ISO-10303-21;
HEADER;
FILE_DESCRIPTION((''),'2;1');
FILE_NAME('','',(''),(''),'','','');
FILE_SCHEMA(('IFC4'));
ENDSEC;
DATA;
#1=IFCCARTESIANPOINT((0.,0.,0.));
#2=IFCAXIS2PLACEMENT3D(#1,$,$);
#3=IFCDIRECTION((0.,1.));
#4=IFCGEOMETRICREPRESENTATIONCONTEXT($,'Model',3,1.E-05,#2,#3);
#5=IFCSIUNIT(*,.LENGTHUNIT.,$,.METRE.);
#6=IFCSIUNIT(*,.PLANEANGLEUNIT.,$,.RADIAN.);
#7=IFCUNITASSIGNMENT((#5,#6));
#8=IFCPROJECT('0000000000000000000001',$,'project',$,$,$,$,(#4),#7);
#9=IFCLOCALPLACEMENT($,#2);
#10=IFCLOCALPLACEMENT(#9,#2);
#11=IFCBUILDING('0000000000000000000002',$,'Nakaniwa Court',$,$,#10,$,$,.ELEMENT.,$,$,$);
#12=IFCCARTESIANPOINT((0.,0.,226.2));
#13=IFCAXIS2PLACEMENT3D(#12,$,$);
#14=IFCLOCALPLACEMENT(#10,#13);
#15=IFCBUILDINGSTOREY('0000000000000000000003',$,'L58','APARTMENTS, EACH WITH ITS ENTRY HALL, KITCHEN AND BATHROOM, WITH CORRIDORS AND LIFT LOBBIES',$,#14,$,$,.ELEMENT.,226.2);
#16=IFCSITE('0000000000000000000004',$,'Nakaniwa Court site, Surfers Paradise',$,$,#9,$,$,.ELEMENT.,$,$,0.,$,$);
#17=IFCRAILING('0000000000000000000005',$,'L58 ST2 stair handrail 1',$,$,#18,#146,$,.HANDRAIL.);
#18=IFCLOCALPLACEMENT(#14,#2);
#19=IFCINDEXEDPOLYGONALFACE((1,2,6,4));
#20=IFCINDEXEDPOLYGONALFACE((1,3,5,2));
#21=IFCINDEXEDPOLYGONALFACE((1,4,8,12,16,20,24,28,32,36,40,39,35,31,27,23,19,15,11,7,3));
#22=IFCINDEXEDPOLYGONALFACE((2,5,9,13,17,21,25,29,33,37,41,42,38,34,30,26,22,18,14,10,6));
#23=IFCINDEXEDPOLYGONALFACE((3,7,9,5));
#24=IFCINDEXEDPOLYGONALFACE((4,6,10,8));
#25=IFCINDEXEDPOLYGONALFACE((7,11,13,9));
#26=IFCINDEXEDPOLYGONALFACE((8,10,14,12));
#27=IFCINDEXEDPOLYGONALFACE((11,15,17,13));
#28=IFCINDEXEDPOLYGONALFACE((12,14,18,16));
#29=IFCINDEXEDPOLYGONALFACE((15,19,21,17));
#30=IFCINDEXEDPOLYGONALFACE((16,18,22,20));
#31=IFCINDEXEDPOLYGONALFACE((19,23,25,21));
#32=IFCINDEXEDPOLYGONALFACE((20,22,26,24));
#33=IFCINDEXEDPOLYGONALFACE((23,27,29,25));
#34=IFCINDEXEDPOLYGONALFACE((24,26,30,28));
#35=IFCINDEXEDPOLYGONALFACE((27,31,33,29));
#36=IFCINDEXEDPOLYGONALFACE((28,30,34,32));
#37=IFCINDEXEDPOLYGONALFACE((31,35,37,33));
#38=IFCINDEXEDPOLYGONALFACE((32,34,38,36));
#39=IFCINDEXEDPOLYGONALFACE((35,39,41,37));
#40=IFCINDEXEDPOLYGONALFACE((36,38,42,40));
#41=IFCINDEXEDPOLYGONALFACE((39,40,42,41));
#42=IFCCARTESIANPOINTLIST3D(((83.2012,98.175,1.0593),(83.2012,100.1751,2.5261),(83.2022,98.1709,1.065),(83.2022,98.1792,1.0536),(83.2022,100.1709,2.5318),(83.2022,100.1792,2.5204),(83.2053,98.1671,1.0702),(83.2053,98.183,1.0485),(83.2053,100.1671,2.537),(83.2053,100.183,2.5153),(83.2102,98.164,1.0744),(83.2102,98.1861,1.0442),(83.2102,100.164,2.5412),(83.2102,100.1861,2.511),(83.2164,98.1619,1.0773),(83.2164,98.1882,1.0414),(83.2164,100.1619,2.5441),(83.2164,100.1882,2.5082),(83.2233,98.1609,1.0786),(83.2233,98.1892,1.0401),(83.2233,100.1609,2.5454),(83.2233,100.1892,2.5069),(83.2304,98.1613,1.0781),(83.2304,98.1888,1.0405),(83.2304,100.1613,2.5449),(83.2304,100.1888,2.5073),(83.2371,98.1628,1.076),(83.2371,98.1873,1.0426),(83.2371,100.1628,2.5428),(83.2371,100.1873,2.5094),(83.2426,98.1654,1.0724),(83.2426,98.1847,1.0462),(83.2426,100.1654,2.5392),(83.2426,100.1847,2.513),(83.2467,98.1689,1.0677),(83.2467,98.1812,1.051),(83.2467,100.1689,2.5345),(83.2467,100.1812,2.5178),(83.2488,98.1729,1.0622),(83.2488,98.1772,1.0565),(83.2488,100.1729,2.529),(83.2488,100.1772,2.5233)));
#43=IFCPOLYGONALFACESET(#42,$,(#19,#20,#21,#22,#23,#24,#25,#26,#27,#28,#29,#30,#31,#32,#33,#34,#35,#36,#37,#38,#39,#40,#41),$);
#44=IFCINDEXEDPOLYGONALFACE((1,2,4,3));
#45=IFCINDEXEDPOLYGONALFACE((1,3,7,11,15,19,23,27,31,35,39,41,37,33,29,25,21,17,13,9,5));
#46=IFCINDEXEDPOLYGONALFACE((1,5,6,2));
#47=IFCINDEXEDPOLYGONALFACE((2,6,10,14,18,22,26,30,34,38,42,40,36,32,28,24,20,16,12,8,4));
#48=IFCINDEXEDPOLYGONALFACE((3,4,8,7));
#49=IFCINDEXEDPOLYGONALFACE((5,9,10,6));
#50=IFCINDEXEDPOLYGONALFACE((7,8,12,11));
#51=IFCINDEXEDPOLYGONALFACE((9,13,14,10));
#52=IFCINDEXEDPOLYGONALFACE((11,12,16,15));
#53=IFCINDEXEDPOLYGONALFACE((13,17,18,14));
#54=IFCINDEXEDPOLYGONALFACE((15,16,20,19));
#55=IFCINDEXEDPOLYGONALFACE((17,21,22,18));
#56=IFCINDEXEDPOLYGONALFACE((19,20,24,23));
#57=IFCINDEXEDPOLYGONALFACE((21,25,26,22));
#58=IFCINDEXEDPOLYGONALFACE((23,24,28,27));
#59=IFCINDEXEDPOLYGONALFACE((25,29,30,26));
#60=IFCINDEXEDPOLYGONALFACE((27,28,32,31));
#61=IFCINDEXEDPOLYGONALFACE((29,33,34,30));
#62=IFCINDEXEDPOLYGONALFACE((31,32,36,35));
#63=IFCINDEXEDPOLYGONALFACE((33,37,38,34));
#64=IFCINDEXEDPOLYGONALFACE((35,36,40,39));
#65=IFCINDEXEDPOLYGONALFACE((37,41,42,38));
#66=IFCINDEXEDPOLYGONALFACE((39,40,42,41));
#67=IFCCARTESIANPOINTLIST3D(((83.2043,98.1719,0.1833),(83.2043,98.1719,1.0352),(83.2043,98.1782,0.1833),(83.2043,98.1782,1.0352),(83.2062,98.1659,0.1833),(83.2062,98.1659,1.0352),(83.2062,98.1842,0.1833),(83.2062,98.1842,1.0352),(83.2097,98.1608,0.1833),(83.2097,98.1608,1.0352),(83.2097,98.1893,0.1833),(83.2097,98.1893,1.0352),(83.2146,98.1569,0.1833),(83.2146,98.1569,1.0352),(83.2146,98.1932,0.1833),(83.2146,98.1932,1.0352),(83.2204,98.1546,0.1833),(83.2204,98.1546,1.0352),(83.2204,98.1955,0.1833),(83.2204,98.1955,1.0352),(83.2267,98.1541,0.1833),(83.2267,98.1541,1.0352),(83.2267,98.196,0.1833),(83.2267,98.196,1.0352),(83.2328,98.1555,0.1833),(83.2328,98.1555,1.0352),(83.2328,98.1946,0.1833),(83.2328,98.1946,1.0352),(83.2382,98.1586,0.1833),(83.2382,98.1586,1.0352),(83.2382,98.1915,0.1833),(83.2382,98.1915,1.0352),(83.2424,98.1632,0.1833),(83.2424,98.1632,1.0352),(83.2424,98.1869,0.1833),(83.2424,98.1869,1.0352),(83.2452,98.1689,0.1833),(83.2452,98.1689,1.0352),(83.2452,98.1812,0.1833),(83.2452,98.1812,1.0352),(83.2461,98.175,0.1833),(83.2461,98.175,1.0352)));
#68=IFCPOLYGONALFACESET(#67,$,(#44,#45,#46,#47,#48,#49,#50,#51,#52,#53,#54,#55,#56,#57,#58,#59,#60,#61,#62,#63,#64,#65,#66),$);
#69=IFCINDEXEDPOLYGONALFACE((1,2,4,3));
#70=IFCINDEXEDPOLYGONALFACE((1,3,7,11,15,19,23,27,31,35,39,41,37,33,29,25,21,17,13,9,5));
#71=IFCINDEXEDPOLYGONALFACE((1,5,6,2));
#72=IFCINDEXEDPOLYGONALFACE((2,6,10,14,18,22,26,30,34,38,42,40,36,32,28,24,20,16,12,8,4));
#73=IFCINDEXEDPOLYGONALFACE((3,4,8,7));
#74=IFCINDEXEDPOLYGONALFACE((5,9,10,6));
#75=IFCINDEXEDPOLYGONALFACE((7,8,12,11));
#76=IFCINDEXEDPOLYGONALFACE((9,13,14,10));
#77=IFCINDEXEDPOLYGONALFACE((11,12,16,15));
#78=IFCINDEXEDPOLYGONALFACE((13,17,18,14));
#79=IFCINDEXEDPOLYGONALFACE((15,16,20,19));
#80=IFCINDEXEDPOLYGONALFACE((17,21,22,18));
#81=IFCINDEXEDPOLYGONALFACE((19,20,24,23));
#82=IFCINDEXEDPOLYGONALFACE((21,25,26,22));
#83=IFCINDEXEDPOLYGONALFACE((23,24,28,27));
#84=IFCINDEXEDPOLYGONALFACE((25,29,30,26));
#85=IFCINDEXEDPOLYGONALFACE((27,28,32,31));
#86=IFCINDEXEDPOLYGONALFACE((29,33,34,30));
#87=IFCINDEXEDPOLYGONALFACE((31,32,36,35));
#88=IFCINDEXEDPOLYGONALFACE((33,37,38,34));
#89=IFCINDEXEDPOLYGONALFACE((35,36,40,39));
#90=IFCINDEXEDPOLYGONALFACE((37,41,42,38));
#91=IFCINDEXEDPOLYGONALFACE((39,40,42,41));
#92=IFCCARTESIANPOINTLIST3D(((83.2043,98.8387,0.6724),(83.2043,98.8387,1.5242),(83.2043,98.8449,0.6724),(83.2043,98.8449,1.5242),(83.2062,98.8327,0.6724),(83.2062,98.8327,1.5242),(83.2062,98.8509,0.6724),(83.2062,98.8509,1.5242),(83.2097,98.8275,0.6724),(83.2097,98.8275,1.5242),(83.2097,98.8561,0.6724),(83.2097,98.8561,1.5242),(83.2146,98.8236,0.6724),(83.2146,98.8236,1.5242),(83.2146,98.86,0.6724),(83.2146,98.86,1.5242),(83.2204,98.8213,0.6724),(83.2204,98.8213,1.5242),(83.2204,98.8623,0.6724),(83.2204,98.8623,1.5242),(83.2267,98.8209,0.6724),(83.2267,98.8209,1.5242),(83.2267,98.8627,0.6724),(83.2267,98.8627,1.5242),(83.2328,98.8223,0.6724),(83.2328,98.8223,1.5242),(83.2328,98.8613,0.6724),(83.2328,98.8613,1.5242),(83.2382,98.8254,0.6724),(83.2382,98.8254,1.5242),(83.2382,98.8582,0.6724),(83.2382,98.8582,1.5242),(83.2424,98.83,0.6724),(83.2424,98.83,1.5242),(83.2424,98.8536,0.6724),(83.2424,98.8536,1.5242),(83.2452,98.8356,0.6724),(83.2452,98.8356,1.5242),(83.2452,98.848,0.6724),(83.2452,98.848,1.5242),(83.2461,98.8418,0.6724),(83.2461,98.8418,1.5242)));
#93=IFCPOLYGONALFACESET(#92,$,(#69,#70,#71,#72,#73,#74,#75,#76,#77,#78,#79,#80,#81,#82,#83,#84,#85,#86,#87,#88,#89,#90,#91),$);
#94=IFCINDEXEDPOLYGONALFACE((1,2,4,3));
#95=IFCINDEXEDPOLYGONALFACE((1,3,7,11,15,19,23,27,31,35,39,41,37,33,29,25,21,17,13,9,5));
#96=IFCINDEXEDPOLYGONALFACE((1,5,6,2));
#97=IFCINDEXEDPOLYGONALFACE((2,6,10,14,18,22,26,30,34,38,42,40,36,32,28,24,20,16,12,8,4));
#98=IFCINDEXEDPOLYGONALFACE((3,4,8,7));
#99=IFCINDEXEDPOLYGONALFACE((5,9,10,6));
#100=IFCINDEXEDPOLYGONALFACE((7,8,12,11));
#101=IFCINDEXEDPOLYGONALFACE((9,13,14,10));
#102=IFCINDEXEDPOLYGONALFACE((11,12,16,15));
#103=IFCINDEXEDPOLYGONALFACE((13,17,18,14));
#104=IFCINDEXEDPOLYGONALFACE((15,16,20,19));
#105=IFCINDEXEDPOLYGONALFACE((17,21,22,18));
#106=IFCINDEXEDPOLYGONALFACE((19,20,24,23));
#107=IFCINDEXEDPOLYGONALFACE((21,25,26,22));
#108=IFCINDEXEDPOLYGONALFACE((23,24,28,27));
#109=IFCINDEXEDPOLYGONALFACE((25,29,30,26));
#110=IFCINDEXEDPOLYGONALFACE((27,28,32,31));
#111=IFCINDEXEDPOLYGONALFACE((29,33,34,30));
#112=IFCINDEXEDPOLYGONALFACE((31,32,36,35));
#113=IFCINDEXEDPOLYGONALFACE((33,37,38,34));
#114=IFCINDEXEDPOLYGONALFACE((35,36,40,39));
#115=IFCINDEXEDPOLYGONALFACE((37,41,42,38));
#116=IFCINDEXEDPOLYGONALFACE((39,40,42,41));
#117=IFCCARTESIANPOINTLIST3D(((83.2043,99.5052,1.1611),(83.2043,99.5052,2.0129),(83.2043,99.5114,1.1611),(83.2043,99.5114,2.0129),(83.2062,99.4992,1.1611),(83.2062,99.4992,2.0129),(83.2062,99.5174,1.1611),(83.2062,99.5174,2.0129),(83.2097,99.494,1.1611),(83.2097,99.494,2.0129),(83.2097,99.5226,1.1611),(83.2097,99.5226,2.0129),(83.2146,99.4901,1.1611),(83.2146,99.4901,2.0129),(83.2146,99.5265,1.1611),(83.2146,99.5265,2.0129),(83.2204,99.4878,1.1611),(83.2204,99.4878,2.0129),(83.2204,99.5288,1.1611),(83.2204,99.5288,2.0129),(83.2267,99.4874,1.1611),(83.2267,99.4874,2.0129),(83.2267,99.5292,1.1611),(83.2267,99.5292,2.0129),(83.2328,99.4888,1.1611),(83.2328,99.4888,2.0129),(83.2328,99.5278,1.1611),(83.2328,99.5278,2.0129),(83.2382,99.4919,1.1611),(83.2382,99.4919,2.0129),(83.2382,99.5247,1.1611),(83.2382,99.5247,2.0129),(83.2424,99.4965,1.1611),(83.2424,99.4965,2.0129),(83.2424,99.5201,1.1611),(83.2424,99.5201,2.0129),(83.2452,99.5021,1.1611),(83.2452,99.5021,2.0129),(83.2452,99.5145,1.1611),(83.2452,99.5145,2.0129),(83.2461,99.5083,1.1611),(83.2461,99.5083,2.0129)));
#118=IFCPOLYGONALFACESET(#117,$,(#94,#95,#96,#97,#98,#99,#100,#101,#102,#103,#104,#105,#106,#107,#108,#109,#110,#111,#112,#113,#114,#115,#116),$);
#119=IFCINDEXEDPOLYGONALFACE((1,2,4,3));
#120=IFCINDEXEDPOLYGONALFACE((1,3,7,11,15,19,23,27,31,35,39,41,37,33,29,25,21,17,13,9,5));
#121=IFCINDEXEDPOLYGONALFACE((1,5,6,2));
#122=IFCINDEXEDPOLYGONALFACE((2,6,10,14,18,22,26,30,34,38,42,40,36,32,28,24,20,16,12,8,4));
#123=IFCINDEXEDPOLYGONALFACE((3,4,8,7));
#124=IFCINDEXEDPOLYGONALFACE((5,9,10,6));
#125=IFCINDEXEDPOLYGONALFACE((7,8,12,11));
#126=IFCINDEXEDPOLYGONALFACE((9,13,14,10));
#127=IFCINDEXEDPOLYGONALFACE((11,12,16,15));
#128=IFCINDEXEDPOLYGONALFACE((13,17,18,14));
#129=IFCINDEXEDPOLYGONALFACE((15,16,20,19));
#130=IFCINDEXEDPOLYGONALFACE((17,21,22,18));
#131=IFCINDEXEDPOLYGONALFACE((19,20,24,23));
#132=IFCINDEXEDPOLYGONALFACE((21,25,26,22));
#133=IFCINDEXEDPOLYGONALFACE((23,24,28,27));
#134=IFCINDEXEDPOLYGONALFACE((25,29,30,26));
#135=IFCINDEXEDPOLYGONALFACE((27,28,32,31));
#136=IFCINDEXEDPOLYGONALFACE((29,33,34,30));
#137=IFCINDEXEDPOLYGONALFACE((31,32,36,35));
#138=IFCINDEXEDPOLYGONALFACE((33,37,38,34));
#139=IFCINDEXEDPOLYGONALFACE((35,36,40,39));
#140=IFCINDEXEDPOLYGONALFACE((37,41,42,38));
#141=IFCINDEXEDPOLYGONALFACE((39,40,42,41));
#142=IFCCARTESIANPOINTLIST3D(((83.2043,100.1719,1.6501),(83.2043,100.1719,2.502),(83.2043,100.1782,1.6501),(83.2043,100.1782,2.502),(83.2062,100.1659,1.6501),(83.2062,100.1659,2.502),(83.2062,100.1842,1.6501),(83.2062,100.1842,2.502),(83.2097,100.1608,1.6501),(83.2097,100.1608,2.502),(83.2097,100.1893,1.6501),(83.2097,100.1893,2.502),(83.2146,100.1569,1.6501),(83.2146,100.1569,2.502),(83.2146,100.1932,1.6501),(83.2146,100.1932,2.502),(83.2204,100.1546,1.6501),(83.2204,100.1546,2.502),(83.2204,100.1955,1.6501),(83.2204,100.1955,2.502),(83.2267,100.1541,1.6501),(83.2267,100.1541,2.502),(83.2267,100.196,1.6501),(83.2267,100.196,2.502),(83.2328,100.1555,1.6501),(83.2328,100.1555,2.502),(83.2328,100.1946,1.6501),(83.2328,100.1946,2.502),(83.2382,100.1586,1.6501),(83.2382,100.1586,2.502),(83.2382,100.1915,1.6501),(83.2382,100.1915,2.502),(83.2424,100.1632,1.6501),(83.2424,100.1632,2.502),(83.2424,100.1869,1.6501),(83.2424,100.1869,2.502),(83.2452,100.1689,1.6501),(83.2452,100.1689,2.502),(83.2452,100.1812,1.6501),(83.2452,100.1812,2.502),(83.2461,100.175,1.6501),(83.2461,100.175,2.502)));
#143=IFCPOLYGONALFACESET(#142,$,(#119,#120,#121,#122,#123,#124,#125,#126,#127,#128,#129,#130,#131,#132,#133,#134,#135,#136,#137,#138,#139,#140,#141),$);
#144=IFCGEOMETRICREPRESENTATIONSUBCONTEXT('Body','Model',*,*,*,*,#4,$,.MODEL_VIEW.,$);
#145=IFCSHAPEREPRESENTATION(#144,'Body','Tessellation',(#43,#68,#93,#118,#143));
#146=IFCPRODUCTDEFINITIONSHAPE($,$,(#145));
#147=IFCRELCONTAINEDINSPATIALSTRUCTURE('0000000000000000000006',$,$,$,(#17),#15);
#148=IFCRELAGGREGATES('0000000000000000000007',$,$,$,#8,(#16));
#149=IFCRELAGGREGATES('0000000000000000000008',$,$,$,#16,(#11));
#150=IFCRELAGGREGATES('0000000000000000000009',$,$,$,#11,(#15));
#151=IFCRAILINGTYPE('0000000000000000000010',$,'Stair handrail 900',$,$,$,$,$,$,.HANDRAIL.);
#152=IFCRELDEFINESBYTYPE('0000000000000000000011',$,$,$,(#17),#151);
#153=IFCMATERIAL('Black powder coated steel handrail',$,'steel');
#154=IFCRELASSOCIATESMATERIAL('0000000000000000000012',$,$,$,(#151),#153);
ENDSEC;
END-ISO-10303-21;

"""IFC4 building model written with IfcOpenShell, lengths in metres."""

from ifc_helpers import new_model, si_unit, direction, frame, origin, origin_2d, place, context, subcontext, project, spatial, circle, extrude, material, type_object, element, save


model = new_model("IFC4")

# Units and contexts
model_context = context("Model", 3, precision=1e-05, world=origin(), true_north=direction((0.0, 1.0)))
body_context = subcontext(model_context, "Body", "Model", "MODEL_VIEW")
ifc_project = project(units=[si_unit("LENGTHUNIT", "METRE"), si_unit("PLANEANGLEUNIT", "RADIAN")], contexts=[model_context])

# Site, building, storey
site_placement = place(None, origin())
site = spatial("IfcSite", under=ifc_project, at=site_placement, Name="Nakaniwa Court site, Surfers Paradise", CompositionType="ELEMENT", RefElevation=0.0)
building_placement = place(site_placement, origin())
building = spatial("IfcBuilding", under=site, at=building_placement, Name="Nakaniwa Court", CompositionType="ELEMENT")
storey_placement = place(building_placement, frame((0.0, 0.0, 226.2)))
storey = spatial("IfcBuildingStorey", under=building, at=storey_placement, Name="L58", Description="APARTMENTS, EACH WITH ITS ENTRY HALL, KITCHEN AND BATHROOM, WITH CORRIDORS AND LIFT LOBBIES", CompositionType="ELEMENT", Elevation=226.2)

# Railing
ifc_material_1 = material(Name="Black powder coated steel handrail", Category="steel")
railing_type_1 = type_object("IfcRailingType", Name="Stair handrail 900", PredefinedType="HANDRAIL", material=ifc_material_1)
railing_1_placement = place(storey_placement, frame((83.2251, 98.175, 0.1833)))
element("IfcRailing", 1, at=railing_1_placement, inside=storey, type_object=railing_type_1, Name="L58 ST2 stair handrail 1", PredefinedType="HANDRAIL", context=body_context, shape_type="SweptSolid", body=[
    extrude(circle(Radius=0.0239, at=origin_2d()), frame((0.0, 0.0, 0.876), z_axis=(0.0, 0.80638, 0.591398), x_axis=(-1.0, 0.0, 0.0)), (0.0, 0.0, 1.0), 2.4802),
    extrude(circle(Radius=0.021, at=origin_2d()), origin(), (0.0, 0.0, 1.0), 0.8518),
    extrude(circle(Radius=0.021, at=origin_2d()), frame((0.0, 0.6667, 0.489)), (0.0, 0.0, 1.0), 0.8518),
    extrude(circle(Radius=0.021, at=origin_2d()), frame((0.0, 1.3333, 0.9778)), (0.0, 0.0, 1.0), 0.8518),
    extrude(circle(Radius=0.021, at=origin_2d()), frame((0.0, 2.0, 1.4668)), (0.0, 0.0, 1.0), 0.8518),
])

save(model, "model.ifc")
